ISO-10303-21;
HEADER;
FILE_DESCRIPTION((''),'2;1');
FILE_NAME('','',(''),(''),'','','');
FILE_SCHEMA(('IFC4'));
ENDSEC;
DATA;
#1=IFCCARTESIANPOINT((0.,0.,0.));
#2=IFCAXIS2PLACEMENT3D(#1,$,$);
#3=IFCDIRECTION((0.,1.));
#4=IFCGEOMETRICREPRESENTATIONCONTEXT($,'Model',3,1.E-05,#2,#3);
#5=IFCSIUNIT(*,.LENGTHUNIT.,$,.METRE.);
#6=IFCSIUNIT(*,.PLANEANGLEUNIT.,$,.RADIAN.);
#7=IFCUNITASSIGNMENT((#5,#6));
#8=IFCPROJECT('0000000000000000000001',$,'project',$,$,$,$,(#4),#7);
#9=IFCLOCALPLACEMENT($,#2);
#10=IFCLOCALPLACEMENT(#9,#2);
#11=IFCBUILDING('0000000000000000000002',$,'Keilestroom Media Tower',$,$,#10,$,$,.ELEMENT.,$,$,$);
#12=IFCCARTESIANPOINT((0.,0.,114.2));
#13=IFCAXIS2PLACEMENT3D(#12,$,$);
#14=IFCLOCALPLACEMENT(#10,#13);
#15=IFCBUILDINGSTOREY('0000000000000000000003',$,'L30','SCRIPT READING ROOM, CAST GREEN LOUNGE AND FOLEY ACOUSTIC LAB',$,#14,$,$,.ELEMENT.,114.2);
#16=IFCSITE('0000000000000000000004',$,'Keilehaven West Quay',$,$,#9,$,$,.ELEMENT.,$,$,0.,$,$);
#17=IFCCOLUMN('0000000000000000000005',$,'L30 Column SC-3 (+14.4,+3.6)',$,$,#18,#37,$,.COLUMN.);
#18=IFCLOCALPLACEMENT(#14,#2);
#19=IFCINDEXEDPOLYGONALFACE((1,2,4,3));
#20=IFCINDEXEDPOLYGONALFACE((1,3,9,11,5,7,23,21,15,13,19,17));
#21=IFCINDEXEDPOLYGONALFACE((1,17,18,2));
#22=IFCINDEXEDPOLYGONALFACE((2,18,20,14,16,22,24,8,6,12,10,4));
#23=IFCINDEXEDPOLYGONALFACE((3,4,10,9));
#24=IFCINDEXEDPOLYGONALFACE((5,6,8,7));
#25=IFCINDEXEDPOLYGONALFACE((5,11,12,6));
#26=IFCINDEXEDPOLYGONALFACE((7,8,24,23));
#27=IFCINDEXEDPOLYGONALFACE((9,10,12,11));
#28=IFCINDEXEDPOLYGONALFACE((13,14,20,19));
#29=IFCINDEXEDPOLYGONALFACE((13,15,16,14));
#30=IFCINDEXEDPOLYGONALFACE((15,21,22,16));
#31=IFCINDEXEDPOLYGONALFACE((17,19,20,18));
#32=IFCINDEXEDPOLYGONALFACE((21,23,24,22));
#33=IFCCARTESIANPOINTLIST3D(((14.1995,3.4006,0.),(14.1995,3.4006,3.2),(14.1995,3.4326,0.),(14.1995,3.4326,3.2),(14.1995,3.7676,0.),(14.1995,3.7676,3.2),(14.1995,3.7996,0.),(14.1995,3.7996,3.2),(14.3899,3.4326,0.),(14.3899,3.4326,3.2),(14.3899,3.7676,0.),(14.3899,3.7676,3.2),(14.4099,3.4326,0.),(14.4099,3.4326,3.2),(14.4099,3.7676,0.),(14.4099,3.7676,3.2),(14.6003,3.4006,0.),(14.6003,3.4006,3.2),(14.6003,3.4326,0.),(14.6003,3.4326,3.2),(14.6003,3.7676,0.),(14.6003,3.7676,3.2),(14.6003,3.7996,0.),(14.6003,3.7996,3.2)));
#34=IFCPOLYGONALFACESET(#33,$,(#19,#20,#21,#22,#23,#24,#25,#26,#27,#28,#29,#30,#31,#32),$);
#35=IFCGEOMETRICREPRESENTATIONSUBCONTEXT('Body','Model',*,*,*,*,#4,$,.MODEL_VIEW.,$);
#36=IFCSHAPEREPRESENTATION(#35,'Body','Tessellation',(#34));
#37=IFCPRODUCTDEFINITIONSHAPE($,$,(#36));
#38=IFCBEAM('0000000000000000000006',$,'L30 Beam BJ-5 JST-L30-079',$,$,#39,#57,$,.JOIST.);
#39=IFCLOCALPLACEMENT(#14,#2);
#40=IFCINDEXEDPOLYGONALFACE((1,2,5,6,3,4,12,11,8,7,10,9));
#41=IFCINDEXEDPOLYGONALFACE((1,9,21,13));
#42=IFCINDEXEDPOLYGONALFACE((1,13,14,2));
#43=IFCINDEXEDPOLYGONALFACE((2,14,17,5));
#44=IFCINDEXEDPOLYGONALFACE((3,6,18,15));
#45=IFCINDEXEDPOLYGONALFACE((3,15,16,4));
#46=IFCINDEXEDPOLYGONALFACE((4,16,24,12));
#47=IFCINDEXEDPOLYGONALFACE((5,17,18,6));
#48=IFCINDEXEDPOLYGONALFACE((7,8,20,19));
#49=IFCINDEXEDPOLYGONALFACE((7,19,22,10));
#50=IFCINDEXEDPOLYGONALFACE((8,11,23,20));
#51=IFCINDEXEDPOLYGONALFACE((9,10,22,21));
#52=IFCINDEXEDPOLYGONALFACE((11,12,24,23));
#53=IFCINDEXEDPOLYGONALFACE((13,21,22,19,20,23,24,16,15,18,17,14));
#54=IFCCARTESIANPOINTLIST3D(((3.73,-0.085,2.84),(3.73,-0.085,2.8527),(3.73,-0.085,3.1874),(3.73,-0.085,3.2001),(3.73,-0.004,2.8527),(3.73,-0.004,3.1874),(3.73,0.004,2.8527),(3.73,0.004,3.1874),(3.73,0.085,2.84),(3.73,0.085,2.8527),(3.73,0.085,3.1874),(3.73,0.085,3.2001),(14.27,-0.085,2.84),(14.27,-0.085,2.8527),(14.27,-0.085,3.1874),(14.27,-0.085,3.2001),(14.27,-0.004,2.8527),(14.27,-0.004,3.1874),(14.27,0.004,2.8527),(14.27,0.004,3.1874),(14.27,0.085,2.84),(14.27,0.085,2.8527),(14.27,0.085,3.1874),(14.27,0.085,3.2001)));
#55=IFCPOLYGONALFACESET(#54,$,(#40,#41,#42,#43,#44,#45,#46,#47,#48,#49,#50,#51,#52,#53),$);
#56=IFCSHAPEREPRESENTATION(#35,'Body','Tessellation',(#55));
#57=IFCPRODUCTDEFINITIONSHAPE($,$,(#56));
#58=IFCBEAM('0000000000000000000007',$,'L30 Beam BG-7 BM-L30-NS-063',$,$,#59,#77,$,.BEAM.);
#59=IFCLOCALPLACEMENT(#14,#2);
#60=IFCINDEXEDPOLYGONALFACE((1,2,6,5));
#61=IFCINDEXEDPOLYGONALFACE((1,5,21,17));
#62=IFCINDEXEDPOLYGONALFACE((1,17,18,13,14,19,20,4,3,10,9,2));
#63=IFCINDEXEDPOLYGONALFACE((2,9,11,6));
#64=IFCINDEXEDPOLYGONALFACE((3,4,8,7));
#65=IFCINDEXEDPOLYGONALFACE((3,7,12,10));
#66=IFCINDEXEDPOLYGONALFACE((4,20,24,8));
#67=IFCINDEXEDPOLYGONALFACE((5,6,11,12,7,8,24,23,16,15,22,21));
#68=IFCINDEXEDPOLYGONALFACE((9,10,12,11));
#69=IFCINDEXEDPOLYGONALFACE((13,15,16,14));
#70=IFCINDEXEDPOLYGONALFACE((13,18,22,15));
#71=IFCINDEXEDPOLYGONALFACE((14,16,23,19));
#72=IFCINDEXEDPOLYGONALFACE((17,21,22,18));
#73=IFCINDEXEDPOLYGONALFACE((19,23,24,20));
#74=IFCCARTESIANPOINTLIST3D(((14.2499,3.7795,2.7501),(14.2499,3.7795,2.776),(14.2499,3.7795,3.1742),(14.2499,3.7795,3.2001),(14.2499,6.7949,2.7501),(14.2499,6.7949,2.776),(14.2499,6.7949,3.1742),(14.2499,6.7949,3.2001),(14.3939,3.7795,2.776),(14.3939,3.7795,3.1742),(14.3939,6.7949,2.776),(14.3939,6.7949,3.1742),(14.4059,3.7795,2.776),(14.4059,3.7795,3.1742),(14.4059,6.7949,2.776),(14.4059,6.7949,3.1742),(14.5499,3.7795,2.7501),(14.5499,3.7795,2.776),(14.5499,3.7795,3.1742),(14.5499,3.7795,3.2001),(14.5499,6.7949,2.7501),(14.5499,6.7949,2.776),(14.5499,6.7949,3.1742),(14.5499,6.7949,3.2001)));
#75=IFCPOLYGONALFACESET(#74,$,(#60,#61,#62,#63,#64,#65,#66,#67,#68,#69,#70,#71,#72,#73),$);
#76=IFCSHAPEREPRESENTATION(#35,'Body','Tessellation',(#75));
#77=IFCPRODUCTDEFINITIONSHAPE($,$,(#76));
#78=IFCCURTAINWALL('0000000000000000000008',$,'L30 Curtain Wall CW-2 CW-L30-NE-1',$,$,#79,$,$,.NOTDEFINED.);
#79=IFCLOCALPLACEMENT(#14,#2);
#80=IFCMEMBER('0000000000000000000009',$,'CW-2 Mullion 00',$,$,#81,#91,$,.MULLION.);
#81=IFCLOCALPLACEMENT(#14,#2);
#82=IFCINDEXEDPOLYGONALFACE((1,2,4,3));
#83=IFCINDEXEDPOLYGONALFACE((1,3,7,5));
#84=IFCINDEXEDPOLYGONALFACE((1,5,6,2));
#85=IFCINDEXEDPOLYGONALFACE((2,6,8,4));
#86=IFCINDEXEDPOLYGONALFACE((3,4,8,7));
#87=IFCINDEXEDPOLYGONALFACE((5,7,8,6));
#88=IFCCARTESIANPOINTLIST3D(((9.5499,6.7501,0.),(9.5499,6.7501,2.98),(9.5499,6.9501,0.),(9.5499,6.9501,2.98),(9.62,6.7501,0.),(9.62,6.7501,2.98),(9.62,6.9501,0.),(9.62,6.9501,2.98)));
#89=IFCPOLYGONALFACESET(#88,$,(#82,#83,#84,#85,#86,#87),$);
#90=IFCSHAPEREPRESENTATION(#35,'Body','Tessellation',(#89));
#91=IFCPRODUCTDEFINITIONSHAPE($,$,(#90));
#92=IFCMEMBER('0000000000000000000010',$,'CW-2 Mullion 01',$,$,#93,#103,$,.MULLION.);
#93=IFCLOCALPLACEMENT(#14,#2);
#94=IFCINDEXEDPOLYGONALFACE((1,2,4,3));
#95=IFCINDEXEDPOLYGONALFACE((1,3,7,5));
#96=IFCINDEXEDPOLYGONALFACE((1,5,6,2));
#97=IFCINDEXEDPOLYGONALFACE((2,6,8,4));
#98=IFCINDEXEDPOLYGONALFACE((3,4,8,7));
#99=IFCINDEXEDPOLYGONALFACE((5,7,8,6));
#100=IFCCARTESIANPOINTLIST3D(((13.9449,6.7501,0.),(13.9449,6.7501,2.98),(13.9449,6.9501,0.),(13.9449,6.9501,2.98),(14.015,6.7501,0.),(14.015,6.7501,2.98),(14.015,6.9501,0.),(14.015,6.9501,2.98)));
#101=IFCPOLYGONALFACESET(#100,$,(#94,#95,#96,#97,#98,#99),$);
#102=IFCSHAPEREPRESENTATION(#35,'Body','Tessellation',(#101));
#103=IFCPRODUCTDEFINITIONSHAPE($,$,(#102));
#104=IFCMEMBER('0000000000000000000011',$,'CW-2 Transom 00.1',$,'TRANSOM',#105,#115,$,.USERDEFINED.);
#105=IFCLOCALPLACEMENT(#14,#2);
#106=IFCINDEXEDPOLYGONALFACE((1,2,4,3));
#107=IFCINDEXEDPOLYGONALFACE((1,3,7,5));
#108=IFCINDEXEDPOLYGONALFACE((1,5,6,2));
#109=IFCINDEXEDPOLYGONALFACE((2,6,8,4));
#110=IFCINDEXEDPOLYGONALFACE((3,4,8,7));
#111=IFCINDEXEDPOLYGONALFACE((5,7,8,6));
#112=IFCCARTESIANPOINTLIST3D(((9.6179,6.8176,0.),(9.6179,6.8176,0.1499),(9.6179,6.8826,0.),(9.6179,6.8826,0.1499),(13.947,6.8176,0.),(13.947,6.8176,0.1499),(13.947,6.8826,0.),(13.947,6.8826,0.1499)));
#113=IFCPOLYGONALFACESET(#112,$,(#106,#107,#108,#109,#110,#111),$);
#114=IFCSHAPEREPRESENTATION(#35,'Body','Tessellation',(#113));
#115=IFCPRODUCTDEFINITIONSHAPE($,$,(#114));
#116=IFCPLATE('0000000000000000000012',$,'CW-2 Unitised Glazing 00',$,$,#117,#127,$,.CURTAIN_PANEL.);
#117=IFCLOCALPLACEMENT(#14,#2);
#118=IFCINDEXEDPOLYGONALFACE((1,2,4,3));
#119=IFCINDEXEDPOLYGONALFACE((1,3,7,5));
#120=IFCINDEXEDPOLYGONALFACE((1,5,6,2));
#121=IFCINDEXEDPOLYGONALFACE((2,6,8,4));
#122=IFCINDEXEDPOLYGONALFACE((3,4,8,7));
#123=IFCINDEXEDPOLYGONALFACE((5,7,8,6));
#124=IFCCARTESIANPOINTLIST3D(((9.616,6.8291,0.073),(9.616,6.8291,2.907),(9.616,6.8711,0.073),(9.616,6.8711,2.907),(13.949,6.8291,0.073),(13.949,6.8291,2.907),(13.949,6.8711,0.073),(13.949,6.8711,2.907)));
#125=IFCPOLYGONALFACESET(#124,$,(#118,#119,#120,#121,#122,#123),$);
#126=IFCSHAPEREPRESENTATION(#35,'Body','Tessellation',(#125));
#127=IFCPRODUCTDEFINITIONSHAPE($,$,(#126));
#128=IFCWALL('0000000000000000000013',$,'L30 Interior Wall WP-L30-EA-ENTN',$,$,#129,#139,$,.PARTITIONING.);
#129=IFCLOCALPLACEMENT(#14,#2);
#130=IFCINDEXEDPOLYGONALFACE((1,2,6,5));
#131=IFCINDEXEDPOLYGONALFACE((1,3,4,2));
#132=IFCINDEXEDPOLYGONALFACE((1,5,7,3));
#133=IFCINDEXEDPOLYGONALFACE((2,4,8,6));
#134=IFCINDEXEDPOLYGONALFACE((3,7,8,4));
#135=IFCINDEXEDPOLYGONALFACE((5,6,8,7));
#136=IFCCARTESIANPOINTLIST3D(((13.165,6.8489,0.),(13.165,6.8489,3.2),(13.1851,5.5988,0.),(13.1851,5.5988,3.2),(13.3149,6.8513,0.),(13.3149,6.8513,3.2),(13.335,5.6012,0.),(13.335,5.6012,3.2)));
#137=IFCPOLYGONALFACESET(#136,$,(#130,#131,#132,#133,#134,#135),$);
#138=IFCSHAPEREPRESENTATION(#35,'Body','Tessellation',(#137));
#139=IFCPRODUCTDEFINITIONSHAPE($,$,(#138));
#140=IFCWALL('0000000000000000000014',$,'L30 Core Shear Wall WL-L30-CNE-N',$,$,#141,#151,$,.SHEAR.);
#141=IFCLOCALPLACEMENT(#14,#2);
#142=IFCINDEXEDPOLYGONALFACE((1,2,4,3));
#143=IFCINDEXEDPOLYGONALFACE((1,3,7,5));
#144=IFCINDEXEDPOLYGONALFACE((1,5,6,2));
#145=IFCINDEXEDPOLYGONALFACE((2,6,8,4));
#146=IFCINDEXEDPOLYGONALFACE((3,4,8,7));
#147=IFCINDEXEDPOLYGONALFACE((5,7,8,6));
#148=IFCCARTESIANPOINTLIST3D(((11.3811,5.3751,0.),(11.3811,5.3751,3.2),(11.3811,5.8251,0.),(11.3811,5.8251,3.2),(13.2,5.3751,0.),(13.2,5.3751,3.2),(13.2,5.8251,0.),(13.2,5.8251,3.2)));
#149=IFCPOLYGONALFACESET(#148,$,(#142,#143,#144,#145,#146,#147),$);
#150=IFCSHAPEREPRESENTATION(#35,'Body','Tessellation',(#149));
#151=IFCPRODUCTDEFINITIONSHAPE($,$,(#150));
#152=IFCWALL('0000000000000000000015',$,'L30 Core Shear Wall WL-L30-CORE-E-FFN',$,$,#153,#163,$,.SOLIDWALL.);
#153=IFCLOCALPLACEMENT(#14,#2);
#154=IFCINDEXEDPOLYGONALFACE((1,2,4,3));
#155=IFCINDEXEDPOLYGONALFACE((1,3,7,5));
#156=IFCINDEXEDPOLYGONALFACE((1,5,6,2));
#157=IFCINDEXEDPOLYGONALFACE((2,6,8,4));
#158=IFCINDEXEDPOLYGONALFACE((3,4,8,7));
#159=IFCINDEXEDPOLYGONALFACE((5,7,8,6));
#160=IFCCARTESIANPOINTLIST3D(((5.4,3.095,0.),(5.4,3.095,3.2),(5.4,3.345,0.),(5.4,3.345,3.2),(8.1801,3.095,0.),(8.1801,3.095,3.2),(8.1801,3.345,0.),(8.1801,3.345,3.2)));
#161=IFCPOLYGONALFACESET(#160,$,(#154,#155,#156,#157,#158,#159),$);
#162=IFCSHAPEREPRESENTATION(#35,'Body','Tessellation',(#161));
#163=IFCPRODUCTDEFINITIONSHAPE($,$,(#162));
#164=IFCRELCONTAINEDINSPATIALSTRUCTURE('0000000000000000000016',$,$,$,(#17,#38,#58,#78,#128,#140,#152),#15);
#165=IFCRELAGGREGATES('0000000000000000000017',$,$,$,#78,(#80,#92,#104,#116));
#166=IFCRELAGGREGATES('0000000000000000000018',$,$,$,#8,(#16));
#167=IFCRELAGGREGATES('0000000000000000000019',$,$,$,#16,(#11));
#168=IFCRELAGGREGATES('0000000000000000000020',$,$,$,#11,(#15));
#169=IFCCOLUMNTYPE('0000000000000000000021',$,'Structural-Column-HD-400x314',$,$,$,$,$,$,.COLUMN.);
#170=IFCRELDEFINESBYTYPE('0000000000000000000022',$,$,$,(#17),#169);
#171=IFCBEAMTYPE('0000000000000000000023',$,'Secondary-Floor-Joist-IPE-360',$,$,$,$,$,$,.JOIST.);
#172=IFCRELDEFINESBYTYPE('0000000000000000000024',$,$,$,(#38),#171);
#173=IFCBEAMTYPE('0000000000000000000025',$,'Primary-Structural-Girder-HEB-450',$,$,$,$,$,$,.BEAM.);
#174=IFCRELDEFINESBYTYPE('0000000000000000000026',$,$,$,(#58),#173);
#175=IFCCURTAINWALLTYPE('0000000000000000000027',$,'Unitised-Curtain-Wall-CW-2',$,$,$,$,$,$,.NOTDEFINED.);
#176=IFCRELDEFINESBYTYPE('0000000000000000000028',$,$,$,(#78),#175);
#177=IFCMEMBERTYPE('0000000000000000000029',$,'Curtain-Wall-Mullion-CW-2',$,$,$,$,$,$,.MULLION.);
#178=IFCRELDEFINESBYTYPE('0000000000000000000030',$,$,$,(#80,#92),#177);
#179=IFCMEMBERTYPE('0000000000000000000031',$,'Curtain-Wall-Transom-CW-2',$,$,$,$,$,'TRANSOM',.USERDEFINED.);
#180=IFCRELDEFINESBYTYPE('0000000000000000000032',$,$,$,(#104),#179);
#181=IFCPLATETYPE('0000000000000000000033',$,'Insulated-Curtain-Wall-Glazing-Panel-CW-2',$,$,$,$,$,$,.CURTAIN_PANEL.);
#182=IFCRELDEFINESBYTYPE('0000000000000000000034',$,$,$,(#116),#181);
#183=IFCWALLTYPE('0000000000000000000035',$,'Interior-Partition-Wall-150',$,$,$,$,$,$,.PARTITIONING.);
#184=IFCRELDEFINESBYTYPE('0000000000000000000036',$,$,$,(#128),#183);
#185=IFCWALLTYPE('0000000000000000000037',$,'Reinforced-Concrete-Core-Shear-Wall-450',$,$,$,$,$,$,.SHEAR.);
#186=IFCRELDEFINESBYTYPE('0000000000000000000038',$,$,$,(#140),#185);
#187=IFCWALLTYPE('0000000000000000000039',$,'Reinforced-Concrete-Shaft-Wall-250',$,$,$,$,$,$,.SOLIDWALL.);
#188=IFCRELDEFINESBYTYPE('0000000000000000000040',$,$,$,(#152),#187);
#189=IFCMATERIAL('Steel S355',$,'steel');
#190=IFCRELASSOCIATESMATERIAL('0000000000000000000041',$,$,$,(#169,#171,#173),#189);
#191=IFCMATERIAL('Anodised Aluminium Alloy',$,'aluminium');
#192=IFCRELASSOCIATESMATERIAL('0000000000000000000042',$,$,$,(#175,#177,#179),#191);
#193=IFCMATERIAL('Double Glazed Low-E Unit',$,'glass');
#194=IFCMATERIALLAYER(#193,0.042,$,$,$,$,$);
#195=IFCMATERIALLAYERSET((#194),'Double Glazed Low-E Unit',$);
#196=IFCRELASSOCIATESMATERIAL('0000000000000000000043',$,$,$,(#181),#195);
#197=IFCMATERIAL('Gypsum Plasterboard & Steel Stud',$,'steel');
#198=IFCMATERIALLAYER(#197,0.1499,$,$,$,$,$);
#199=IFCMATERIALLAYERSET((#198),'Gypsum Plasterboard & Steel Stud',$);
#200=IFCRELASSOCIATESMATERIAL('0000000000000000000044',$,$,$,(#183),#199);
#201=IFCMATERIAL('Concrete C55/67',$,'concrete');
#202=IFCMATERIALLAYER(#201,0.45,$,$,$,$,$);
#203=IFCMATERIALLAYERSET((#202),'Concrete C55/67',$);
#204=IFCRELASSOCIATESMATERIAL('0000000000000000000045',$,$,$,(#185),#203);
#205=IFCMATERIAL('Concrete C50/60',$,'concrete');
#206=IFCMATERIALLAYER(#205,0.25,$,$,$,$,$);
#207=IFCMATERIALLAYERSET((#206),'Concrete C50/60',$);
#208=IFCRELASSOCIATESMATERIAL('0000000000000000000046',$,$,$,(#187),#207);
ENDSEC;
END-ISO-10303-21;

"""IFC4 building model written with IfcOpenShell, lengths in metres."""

from ifc_helpers import new_model, si_unit, direction, frame, frame_2d, origin, origin_2d, place, context, subcontext, project, spatial, rectangle, i_section, extrude, source, transform, mapped, material, layer, layer_set, material_profile, profile_set, type_object, element, aggregate, save


model = new_model("IFC4")

# Units and contexts
model_context = context("Model", 3, precision=1e-05, world=origin(), true_north=direction((0.0, 1.0)))
body_context = subcontext(model_context, "Body", "Model", "MODEL_VIEW")
ifc_project = project(units=[si_unit("LENGTHUNIT", "METRE"), si_unit("PLANEANGLEUNIT", "RADIAN")], contexts=[model_context])

# Site, building, storey
site_placement = place(None, origin())
site = spatial("IfcSite", under=ifc_project, at=site_placement, Name="Keilehaven West Quay", CompositionType="ELEMENT", RefElevation=0.0)
building_placement = place(site_placement, origin())
building = spatial("IfcBuilding", under=site, at=building_placement, Name="Keilestroom Media Tower", CompositionType="ELEMENT")
storey_placement = place(building_placement, frame((0.0, 0.0, 114.2)))
storey = spatial("IfcBuildingStorey", under=building, at=storey_placement, Name="L30", Description="SCRIPT READING ROOM, CAST GREEN LOUNGE AND FOLEY ACOUSTIC LAB", CompositionType="ELEMENT", Elevation=114.2)

# Column
ifc_material_1 = material(Name="Steel S355", Category="steel")
ifc_material_profile_1 = material_profile(ifc_material_1, i_section(OverallWidth=0.4009, OverallDepth=0.3989, WebThickness=0.02, FlangeThickness=0.032, at=origin_2d()), Name="HD 400x314")
ifc_profile_set_1 = profile_set([ifc_material_profile_1], Name="Steel S355")
column_type = type_object("IfcColumnType", Name="Structural-Column-HD-400x314", PredefinedType="COLUMN", material=ifc_profile_set_1)
shared_shape_1 = source(origin(), body_context, "Body", "SweptSolid", [
    extrude(i_section(OverallWidth=0.4009, OverallDepth=0.3989, WebThickness=0.02, FlangeThickness=0.032, at=origin_2d()), origin(), (0.0, 0.0, 1.0), 3.2),
])
column_placement = place(storey_placement, frame((14.3999, 3.6001, 0.0), z_axis=(0.0, 0.0, 1.0), x_axis=(1.0, 0.0, 0.0)))
element("IfcColumn", 1, at=column_placement, inside=storey, type_object=column_type, Name="L30 Column SC-3 (+14.4,+3.6)", PredefinedType="COLUMN", context=body_context, shape_type="MappedRepresentation", body=[
    mapped(shared_shape_1, transform((0.0, 0.0, 0.0), x_axis=(1.0, 0.0, 0.0), y_axis=(0.0, 1.0, 0.0), z_axis=(0.0, 0.0, 1.0), scale=1.0)),
])

# Beams
ifc_material_profile_2 = material_profile(ifc_material_1, i_section(OverallWidth=0.1699, OverallDepth=0.3601, WebThickness=0.0081, FlangeThickness=0.0127, at=origin_2d()), Name="IPE 360")
ifc_profile_set_2 = profile_set([ifc_material_profile_2], Name="Steel S355")
beam_type_1 = type_object("IfcBeamType", Name="Secondary-Floor-Joist-IPE-360", PredefinedType="JOIST", material=ifc_profile_set_2)
shared_shape_2 = source(origin(), body_context, "Body", "SweptSolid", [
    extrude(i_section(OverallWidth=0.1699, OverallDepth=0.3601, WebThickness=0.0081, FlangeThickness=0.0127, at=origin_2d()), origin(), (0.0, 0.0, 1.0), 10.54),
])
beam_1_placement = place(storey_placement, frame((3.73, 0.0, 3.02), z_axis=(1.0, 0.0, 0.0), x_axis=(0.0, 1.0, 0.0)))
element("IfcBeam", 2, at=beam_1_placement, inside=storey, type_object=beam_type_1, Name="L30 Beam BJ-5 JST-L30-079", PredefinedType="JOIST", context=body_context, shape_type="MappedRepresentation", body=[
    mapped(shared_shape_2, transform((0.0, 0.0, 0.0), x_axis=(1.0, 0.0, 0.0), y_axis=(0.0, 1.0, 0.0), z_axis=(0.0, 0.0, 1.0), scale=1.0)),
])
ifc_material_profile_3 = material_profile(ifc_material_1, i_section(OverallWidth=0.3, OverallDepth=0.45, WebThickness=0.012, FlangeThickness=0.0259, at=origin_2d()), Name="HEB 450")
ifc_profile_set_3 = profile_set([ifc_material_profile_3], Name="Steel S355")
beam_type_2 = type_object("IfcBeamType", Name="Primary-Structural-Girder-HEB-450", PredefinedType="BEAM", material=ifc_profile_set_3)
shared_shape_3 = source(origin(), body_context, "Body", "SweptSolid", [
    extrude(i_section(OverallWidth=0.3, OverallDepth=0.45, WebThickness=0.012, FlangeThickness=0.0259, at=origin_2d()), origin(), (0.0, 0.0, 1.0), 3.0154),
])
beam_2_placement = place(storey_placement, frame((14.3999, 3.7795, 2.9751), z_axis=(0.0, 1.0, 0.0), x_axis=(-1.0, 0.0, 0.0)))
element("IfcBeam", 3, at=beam_2_placement, inside=storey, type_object=beam_type_2, Name="L30 Beam BG-7 BM-L30-NS-063", PredefinedType="BEAM", context=body_context, shape_type="MappedRepresentation", body=[
    mapped(shared_shape_3, transform((0.0, 0.0, 0.0), x_axis=(1.0, 0.0, 0.0), y_axis=(0.0, 1.0, 0.0), z_axis=(0.0, 0.0, 1.0), scale=1.0)),
])

# Curtain wall, members, plate
ifc_material_2 = material(Name="Anodised Aluminium Alloy", Category="aluminium")
curtain_wall_type = type_object("IfcCurtainWallType", Name="Unitised-Curtain-Wall-CW-2", PredefinedType="NOTDEFINED", material=ifc_material_2)
curtain_wall_placement = place(storey_placement, origin())
curtain_wall = element("IfcCurtainWall", 4, at=curtain_wall_placement, inside=storey, type_object=curtain_wall_type, Name="L30 Curtain Wall CW-2 CW-L30-NE-1", PredefinedType="NOTDEFINED")
ifc_material_profile_4 = material_profile(ifc_material_2, rectangle(XDim=0.0701, YDim=0.2, at=origin_2d()), Name="ALU MULLION 70x200")
ifc_profile_set_4 = profile_set([ifc_material_profile_4], Name="Anodised Aluminium Alloy")
member_type_1 = type_object("IfcMemberType", Name="Curtain-Wall-Mullion-CW-2", PredefinedType="MULLION", material=ifc_profile_set_4)
shared_shape_4 = source(origin(), body_context, "Body", "SweptSolid", [
    extrude(rectangle(XDim=0.0701, YDim=0.2, at=origin_2d()), origin(), (0.0, 0.0, 1.0), 2.98),
])
member_1_placement = place(storey_placement, frame((9.585, 6.8501, 0.0), z_axis=(0.0, 0.0, 1.0), x_axis=(1.0, 0.0, 0.0)))
member_1 = element("IfcMember", 5, at=member_1_placement, type_object=member_type_1, Name="CW-2 Mullion 00", PredefinedType="MULLION", context=body_context, shape_type="MappedRepresentation", body=[
    mapped(shared_shape_4, transform((0.0, 0.0, 0.0), x_axis=(1.0, 0.0, 0.0), y_axis=(0.0, 1.0, 0.0), z_axis=(0.0, 0.0, 1.0), scale=1.0)),
])
member_2_placement = place(storey_placement, frame((13.98, 6.8501, 0.0), z_axis=(0.0, 0.0, 1.0), x_axis=(1.0, 0.0, 0.0)))
member_2 = element("IfcMember", 6, at=member_2_placement, type_object=member_type_1, Name="CW-2 Mullion 01", PredefinedType="MULLION", context=body_context, shape_type="MappedRepresentation", body=[
    mapped(shared_shape_4, transform((0.0, 0.0, 0.0), x_axis=(1.0, 0.0, 0.0), y_axis=(0.0, 1.0, 0.0), z_axis=(0.0, 0.0, 1.0), scale=1.0)),
])
ifc_material_profile_5 = material_profile(ifc_material_2, rectangle(XDim=0.0649, YDim=0.1499, at=origin_2d()), Name="ALU TRANSOM 65x150")
ifc_profile_set_5 = profile_set([ifc_material_profile_5], Name="Anodised Aluminium Alloy")
member_type_2 = type_object("IfcMemberType", Name="Curtain-Wall-Transom-CW-2", ElementType="TRANSOM", PredefinedType="USERDEFINED", material=ifc_profile_set_5)
shared_shape_5 = source(origin(), body_context, "Body", "SweptSolid", [
    extrude(rectangle(XDim=0.0649, YDim=0.1499, at=origin_2d()), origin(), (0.0, 0.0, 1.0), 4.3291),
])
member_3_placement = place(storey_placement, frame((9.6179, 6.8501, 0.075), z_axis=(1.0, 0.0, 0.0), x_axis=(0.0, 1.0, 0.0)))
member_3 = element("IfcMember", 7, at=member_3_placement, type_object=member_type_2, Name="CW-2 Transom 00.1", ObjectType="TRANSOM", PredefinedType="USERDEFINED", context=body_context, shape_type="MappedRepresentation", body=[
    mapped(shared_shape_5, transform((0.0, 0.0, 0.0), x_axis=(1.0, 0.0, 0.0), y_axis=(0.0, 1.0, 0.0), z_axis=(0.0, 0.0, 1.0), scale=1.0)),
])
ifc_material_3 = material(Name="Double Glazed Low-E Unit", Category="glass")
ifc_layer_1 = layer(ifc_material_3, 0.042)
ifc_layer_set_1 = layer_set([ifc_layer_1], Name="Double Glazed Low-E Unit")
plate_type = type_object("IfcPlateType", Name="Insulated-Curtain-Wall-Glazing-Panel-CW-2", PredefinedType="CURTAIN_PANEL", material=ifc_layer_set_1)
shared_shape_6 = source(origin(), body_context, "Body", "SweptSolid", [
    extrude(rectangle(XDim=4.333, YDim=0.042, at=origin_2d()), origin(), (0.0, 0.0, 1.0), 2.834),
])
plate_placement = place(storey_placement, frame((11.7825, 6.8501, 0.073), z_axis=(0.0, 0.0, 1.0), x_axis=(1.0, 0.0, 0.0)))
plate = element("IfcPlate", 8, at=plate_placement, type_object=plate_type, Name="CW-2 Unitised Glazing 00", PredefinedType="CURTAIN_PANEL", context=body_context, shape_type="MappedRepresentation", body=[
    mapped(shared_shape_6, transform((0.0, 0.0, 0.0), x_axis=(1.0, 0.0, 0.0), y_axis=(0.0, 1.0, 0.0), z_axis=(0.0, 0.0, 1.0), scale=1.0)),
])
aggregate(curtain_wall, [member_1, member_2, member_3, plate])

# Walls
ifc_material_4 = material(Name="Gypsum Plasterboard & Steel Stud", Category="steel")
ifc_layer_2 = layer(ifc_material_4, 0.1499)
ifc_layer_set_2 = layer_set([ifc_layer_2], Name="Gypsum Plasterboard & Steel Stud")
wall_type_1 = type_object("IfcWallType", Name="Interior-Partition-Wall-150", PredefinedType="PARTITIONING", material=ifc_layer_set_2)
wall_1_placement = place(storey_placement, frame((13.26, 5.6001, 0.0), z_axis=(0.0, 0.0, 1.0), x_axis=(-0.016014, 0.999872, 0.0)))
element("IfcWall", 9, at=wall_1_placement, inside=storey, type_object=wall_type_1, Name="L30 Interior Wall WP-L30-EA-ENTN", PredefinedType="PARTITIONING", context=body_context, shape_type="SweptSolid", body=[
    extrude(rectangle(XDim=1.2502, YDim=0.1499, at=frame_2d((0.625, 0.0))), origin(), (0.0, 0.0, 1.0), 3.2),
])
ifc_material_5 = material(Name="Concrete C55/67", Category="concrete")
ifc_layer_3 = layer(ifc_material_5, 0.45)
ifc_layer_set_3 = layer_set([ifc_layer_3], Name="Concrete C55/67")
wall_type_2 = type_object("IfcWallType", Name="Reinforced-Concrete-Core-Shear-Wall-450", PredefinedType="SHEAR", material=ifc_layer_set_3)
wall_2_placement = place(storey_placement, frame((11.3811, 5.6001, 0.0), z_axis=(0.0, 0.0, 1.0), x_axis=(1.0, 0.0, 0.0)))
element("IfcWall", 10, at=wall_2_placement, inside=storey, type_object=wall_type_2, Name="L30 Core Shear Wall WL-L30-CNE-N", PredefinedType="SHEAR", context=body_context, shape_type="SweptSolid", body=[
    extrude(rectangle(XDim=1.8188, YDim=0.45, at=frame_2d((0.9094, 0.0))), origin(), (0.0, 0.0, 1.0), 3.2),
])
ifc_material_6 = material(Name="Concrete C50/60", Category="concrete")
ifc_layer_4 = layer(ifc_material_6, 0.25)
ifc_layer_set_4 = layer_set([ifc_layer_4], Name="Concrete C50/60")
wall_type_3 = type_object("IfcWallType", Name="Reinforced-Concrete-Shaft-Wall-250", PredefinedType="SOLIDWALL", material=ifc_layer_set_4)
wall_3_placement = place(storey_placement, frame((5.3999, 3.22, 0.0), z_axis=(0.0, 0.0, 1.0), x_axis=(1.0, 0.0, 0.0)))
element("IfcWall", 11, at=wall_3_placement, inside=storey, type_object=wall_type_3, Name="L30 Core Shear Wall WL-L30-CORE-E-FFN", PredefinedType="SOLIDWALL", context=body_context, shape_type="SweptSolid", body=[
    extrude(rectangle(XDim=2.78, YDim=0.25, at=frame_2d((1.3901, 0.0))), origin(), (0.0, 0.0, 1.0), 3.2),
])

save(model, "model.ifc")
